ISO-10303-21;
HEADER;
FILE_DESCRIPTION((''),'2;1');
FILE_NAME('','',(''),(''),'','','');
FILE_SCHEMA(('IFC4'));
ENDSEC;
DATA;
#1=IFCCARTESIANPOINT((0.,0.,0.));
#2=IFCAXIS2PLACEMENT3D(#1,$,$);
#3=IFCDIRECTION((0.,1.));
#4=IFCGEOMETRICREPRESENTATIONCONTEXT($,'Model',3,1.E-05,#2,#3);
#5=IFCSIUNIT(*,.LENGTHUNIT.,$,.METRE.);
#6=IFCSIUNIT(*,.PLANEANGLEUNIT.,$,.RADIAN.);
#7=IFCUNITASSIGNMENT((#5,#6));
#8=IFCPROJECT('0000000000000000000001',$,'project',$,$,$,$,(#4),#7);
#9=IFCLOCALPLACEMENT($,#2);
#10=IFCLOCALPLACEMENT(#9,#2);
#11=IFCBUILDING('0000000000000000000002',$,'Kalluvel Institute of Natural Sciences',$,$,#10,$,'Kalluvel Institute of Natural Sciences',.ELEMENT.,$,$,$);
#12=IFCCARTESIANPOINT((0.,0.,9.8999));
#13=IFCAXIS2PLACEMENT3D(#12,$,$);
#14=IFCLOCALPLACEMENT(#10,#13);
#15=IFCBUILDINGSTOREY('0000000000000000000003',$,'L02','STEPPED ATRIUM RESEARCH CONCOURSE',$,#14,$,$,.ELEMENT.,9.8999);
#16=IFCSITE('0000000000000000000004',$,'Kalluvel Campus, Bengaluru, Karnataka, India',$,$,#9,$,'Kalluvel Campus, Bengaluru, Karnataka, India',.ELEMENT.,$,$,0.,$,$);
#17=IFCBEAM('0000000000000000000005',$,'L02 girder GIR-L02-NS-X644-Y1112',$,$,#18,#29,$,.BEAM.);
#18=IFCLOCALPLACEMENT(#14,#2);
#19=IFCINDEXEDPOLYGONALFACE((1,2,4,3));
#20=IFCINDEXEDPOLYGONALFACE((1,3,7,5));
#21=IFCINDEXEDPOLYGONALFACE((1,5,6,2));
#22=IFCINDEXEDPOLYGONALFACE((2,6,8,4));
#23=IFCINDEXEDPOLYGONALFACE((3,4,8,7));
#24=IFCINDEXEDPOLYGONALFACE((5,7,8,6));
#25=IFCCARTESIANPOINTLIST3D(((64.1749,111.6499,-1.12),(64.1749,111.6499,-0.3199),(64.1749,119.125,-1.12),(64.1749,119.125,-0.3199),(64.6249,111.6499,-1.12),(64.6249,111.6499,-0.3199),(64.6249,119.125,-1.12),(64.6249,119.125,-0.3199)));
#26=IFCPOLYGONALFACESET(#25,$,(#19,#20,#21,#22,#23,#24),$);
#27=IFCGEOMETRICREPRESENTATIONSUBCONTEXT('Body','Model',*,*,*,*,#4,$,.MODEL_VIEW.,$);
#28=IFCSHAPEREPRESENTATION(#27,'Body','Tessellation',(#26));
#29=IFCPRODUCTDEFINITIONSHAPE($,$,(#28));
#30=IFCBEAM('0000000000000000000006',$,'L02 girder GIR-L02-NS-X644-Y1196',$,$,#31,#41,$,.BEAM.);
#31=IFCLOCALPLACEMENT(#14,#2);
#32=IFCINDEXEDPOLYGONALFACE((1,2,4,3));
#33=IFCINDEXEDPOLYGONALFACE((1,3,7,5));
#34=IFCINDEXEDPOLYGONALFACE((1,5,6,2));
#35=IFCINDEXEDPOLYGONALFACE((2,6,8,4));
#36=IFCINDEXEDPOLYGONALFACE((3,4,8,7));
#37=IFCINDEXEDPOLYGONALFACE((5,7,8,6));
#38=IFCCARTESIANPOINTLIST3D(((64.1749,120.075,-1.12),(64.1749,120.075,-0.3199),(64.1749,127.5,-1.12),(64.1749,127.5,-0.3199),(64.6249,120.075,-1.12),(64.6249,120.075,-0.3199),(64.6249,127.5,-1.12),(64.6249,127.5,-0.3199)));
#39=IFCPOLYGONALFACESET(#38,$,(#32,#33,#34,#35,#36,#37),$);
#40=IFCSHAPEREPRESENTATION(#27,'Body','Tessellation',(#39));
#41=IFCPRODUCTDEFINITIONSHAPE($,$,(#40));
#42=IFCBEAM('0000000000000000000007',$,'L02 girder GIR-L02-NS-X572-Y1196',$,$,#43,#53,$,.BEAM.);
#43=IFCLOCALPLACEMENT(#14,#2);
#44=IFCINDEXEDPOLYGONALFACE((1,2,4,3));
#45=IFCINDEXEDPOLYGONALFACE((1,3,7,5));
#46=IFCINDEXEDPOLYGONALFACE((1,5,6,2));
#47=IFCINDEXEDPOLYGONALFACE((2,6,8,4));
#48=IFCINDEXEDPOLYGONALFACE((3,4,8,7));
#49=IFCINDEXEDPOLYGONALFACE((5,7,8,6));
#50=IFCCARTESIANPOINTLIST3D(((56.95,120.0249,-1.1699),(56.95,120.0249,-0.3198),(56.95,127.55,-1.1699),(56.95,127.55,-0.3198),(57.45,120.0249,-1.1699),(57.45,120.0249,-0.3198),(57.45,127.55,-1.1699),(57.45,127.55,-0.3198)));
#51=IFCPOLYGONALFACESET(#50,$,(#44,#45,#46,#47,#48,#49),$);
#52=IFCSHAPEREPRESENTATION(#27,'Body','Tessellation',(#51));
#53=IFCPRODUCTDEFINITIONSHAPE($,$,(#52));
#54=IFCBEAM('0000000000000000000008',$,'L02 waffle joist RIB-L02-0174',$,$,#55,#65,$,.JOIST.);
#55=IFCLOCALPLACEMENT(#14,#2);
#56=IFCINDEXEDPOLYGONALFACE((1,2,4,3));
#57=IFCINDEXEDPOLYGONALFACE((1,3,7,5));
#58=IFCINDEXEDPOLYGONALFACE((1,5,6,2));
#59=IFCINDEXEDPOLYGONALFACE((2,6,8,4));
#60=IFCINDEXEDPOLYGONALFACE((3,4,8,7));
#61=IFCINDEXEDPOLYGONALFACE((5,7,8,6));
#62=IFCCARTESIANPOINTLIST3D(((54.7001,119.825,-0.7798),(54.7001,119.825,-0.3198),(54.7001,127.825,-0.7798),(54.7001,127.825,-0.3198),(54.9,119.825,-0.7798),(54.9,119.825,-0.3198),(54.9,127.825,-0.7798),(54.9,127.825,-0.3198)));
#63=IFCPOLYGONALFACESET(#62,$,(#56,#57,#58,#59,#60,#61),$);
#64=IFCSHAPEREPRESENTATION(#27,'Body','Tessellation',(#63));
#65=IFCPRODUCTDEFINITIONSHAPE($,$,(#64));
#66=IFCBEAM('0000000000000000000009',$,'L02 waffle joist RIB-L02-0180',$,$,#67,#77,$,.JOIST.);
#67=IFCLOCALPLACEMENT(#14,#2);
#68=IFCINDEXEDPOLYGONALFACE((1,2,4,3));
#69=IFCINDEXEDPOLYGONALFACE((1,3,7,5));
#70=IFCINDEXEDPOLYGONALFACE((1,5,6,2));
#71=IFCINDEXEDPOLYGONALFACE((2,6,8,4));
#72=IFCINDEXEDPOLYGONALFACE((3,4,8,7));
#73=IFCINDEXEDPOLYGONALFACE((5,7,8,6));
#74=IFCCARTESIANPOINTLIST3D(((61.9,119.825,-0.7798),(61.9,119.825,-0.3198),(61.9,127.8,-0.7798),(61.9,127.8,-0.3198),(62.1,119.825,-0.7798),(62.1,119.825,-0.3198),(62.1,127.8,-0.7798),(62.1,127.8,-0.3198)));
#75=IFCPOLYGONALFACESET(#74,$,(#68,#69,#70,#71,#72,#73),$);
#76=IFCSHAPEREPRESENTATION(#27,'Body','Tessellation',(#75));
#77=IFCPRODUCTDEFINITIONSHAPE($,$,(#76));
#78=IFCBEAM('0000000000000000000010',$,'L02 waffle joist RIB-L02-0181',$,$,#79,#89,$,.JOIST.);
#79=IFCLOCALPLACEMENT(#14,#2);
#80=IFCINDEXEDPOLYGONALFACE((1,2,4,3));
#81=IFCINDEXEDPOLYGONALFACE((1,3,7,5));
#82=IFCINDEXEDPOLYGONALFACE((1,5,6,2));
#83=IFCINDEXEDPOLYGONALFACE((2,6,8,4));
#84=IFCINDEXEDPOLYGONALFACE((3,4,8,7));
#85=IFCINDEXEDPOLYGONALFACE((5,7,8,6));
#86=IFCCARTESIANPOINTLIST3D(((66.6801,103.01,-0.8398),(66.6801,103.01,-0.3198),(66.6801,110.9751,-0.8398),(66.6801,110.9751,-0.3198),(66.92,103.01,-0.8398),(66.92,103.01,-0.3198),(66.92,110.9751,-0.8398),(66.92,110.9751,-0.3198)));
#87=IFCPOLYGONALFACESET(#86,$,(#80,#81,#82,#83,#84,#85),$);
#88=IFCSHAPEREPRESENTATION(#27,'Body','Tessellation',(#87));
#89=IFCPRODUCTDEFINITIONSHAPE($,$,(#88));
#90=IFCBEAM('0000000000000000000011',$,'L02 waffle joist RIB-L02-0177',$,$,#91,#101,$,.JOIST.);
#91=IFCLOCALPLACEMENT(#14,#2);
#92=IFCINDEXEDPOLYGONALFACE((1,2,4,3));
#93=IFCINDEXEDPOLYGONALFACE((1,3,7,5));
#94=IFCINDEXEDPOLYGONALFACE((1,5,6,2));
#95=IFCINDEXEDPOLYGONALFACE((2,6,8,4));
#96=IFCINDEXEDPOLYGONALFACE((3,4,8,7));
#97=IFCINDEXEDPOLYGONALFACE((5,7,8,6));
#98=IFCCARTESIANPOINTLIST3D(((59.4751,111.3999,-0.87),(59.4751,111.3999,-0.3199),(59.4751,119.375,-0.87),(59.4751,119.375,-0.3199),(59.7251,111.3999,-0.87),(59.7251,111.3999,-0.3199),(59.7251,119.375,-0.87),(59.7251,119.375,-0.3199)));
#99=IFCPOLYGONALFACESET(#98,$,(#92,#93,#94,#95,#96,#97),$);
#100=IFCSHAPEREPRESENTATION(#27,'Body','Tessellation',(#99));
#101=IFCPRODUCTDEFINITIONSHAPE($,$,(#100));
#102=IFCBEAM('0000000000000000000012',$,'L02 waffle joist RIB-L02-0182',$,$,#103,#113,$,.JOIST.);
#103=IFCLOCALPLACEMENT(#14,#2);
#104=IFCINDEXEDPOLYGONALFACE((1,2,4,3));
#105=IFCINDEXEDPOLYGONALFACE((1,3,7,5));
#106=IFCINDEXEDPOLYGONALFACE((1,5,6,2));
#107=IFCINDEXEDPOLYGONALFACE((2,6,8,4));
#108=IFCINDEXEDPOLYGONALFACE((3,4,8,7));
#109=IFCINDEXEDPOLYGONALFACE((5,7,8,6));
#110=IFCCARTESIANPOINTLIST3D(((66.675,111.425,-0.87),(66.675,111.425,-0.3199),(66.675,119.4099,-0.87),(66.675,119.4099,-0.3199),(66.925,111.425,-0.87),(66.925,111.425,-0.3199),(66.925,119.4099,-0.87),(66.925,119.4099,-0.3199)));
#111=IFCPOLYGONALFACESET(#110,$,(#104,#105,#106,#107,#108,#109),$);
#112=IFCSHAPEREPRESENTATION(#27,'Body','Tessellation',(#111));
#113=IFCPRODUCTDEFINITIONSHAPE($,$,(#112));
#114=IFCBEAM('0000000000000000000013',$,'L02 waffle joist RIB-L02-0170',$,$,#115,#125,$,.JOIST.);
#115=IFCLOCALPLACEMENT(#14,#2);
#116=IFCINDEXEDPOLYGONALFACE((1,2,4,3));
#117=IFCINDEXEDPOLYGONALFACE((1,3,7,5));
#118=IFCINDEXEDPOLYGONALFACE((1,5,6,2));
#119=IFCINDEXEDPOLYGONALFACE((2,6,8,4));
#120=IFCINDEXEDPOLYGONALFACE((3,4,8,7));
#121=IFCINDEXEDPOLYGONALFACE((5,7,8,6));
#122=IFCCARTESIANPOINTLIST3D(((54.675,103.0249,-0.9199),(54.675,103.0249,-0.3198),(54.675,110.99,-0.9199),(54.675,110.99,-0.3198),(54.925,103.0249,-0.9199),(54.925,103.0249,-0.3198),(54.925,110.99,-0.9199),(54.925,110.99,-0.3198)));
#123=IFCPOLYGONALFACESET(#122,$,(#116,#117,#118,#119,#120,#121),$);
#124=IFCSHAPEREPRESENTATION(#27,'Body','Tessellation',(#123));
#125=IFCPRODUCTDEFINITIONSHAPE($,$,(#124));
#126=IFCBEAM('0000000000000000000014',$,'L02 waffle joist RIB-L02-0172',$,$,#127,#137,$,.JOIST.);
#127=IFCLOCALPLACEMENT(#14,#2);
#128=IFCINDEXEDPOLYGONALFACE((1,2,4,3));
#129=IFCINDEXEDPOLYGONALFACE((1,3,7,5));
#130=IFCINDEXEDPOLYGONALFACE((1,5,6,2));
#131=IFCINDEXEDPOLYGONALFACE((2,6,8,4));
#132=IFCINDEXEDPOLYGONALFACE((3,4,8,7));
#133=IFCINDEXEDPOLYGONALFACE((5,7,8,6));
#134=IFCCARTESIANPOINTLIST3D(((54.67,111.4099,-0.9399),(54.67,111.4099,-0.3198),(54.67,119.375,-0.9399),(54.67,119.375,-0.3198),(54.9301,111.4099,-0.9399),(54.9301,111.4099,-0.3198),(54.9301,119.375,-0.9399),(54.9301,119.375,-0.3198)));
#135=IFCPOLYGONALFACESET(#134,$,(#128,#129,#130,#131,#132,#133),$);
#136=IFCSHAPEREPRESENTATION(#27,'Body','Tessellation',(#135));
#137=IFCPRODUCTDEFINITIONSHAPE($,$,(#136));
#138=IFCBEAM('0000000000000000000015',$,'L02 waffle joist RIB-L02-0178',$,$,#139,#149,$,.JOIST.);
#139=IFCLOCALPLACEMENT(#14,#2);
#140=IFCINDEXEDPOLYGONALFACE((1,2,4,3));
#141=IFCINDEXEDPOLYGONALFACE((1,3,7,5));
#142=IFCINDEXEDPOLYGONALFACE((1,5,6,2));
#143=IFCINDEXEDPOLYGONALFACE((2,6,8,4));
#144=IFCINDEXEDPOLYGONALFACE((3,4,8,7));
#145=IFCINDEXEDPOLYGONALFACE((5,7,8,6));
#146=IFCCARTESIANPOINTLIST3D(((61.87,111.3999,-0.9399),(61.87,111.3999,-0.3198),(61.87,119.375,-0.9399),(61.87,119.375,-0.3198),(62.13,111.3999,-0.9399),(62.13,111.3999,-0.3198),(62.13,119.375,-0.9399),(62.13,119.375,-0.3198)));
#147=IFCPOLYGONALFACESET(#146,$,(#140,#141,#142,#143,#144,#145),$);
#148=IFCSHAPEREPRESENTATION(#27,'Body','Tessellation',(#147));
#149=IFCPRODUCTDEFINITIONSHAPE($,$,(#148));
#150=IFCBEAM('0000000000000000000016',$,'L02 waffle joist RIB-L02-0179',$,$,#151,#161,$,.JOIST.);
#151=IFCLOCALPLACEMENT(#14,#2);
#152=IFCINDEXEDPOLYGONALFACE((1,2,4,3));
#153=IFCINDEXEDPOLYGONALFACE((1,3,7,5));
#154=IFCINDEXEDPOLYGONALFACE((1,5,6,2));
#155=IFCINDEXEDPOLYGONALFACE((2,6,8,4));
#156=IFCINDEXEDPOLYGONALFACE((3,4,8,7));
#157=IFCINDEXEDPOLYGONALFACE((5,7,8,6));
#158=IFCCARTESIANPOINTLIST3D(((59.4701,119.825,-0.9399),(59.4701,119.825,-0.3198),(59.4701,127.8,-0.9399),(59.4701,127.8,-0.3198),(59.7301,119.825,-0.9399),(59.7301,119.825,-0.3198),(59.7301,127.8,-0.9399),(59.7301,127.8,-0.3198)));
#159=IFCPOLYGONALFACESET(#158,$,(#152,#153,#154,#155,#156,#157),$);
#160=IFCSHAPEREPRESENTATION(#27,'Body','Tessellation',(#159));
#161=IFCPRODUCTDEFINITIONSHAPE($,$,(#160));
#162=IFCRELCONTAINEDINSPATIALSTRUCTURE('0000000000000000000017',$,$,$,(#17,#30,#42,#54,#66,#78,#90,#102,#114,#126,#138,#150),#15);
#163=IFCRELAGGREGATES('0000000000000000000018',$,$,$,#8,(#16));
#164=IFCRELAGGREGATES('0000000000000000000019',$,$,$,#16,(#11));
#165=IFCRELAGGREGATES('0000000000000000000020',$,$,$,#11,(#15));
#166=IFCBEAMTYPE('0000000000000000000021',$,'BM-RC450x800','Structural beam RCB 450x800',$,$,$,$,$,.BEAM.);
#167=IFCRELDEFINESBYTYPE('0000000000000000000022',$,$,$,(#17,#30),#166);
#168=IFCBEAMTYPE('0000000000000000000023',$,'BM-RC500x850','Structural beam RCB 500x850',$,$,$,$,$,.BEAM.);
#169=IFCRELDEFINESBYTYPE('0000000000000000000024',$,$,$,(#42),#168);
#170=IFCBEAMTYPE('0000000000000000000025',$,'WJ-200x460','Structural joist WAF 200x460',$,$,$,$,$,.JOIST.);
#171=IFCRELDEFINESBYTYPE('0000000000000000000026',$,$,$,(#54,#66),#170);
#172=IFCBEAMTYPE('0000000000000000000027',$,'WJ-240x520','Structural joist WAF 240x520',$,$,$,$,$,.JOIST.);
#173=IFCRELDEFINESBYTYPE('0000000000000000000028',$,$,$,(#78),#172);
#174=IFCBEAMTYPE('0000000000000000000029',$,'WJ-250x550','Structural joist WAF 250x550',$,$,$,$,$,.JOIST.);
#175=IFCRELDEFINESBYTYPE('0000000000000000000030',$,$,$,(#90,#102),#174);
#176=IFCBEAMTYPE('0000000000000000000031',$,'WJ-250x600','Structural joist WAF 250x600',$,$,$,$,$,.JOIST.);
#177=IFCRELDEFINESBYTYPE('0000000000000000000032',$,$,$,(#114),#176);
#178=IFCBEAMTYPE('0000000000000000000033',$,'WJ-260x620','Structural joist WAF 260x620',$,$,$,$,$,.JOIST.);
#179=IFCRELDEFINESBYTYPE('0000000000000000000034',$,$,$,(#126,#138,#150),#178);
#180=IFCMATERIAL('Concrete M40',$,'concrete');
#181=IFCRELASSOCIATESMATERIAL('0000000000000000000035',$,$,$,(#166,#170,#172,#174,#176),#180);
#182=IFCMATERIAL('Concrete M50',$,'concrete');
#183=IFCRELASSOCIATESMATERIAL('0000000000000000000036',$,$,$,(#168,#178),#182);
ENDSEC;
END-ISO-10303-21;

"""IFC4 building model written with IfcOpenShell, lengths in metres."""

from ifc_helpers import new_model, si_unit, direction, frame, origin, origin_2d, place, context, subcontext, project, spatial, rectangle, extrude, material, material_profile, profile_set, type_object, element, save


model = new_model("IFC4")

# Units and contexts
model_context = context("Model", 3, precision=1e-05, world=origin(), true_north=direction((0.0, 1.0)))
body_context = subcontext(model_context, "Body", "Model", "MODEL_VIEW")
ifc_project = project(units=[si_unit("LENGTHUNIT", "METRE"), si_unit("PLANEANGLEUNIT", "RADIAN")], contexts=[model_context])

# Site, building, storey
site_placement = place(None, origin())
site = spatial("IfcSite", under=ifc_project, at=site_placement, Name="Kalluvel Campus, Bengaluru, Karnataka, India", LongName="Kalluvel Campus, Bengaluru, Karnataka, India", CompositionType="ELEMENT", RefElevation=0.0)
building_placement = place(site_placement, origin())
building = spatial("IfcBuilding", under=site, at=building_placement, Name="Kalluvel Institute of Natural Sciences", LongName="Kalluvel Institute of Natural Sciences", CompositionType="ELEMENT")
storey_placement = place(building_placement, frame((0.0, 0.0, 9.8999)))
storey = spatial("IfcBuildingStorey", under=building, at=storey_placement, Name="L02", Description="STEPPED ATRIUM RESEARCH CONCOURSE", CompositionType="ELEMENT", Elevation=9.8999)

# Shared definitions
ifc_material_1 = material(Name="Concrete M50", Category="concrete")

# Beams
ifc_material_2 = material(Name="Concrete M40", Category="concrete")
ifc_material_profile_1 = material_profile(ifc_material_2, rectangle(XDim=0.45, YDim=0.8, at=origin_2d()), Name="RCB 450x800")
ifc_profile_set_1 = profile_set([ifc_material_profile_1], Name="Concrete M40")
beam_type_1 = type_object("IfcBeamType", Name="BM-RC450x800", Description="Structural beam RCB 450x800", PredefinedType="BEAM", material=ifc_profile_set_1)
beam_1_placement = place(storey_placement, frame((64.3999, 111.6499, -0.72), z_axis=(0.0, 1.0, 0.0), x_axis=(-1.0, 0.0, 0.0)))
element("IfcBeam", 1, at=beam_1_placement, inside=storey, type_object=beam_type_1, Name="L02 girder GIR-L02-NS-X644-Y1112", PredefinedType="BEAM", context=body_context, shape_type="SweptSolid", body=[
    extrude(rectangle(XDim=0.45, YDim=0.8, at=origin_2d()), origin(), (0.0, 0.0, 1.0), 7.4751),
])
beam_2_placement = place(storey_placement, frame((64.3999, 120.075, -0.72), z_axis=(0.0, 1.0, 0.0), x_axis=(-1.0, 0.0, 0.0)))
element("IfcBeam", 2, at=beam_2_placement, inside=storey, type_object=beam_type_1, Name="L02 girder GIR-L02-NS-X644-Y1196", PredefinedType="BEAM", context=body_context, shape_type="SweptSolid", body=[
    extrude(rectangle(XDim=0.45, YDim=0.8, at=origin_2d()), origin(), (0.0, 0.0, 1.0), 7.425),
])
ifc_material_profile_2 = material_profile(ifc_material_1, rectangle(XDim=0.5, YDim=0.8501, at=origin_2d()), Name="RCB 500x850")
ifc_profile_set_2 = profile_set([ifc_material_profile_2], Name="Concrete M50")
beam_type_2 = type_object("IfcBeamType", Name="BM-RC500x850", Description="Structural beam RCB 500x850", PredefinedType="BEAM", material=ifc_profile_set_2)
beam_3_placement = place(storey_placement, frame((57.2, 120.0249, -0.7449), z_axis=(0.0, 1.0, 0.0), x_axis=(-1.0, 0.0, 0.0)))
element("IfcBeam", 3, at=beam_3_placement, inside=storey, type_object=beam_type_2, Name="L02 girder GIR-L02-NS-X572-Y1196", PredefinedType="BEAM", context=body_context, shape_type="SweptSolid", body=[
    extrude(rectangle(XDim=0.5, YDim=0.8501, at=origin_2d()), origin(), (0.0, 0.0, 1.0), 7.5251),
])
ifc_material_profile_3 = material_profile(ifc_material_2, rectangle(XDim=0.2, YDim=0.46, at=origin_2d()), Name="WAF 200x460")
ifc_profile_set_3 = profile_set([ifc_material_profile_3], Name="Concrete M40")
beam_type_3 = type_object("IfcBeamType", Name="WJ-200x460", Description="Structural joist WAF 200x460", PredefinedType="JOIST", material=ifc_profile_set_3)
beam_4_placement = place(storey_placement, frame((54.8, 119.825, -0.5498), z_axis=(0.0, 1.0, 0.0), x_axis=(-1.0, 0.0, 0.0)))
element("IfcBeam", 4, at=beam_4_placement, inside=storey, type_object=beam_type_3, Name="L02 waffle joist RIB-L02-0174", PredefinedType="JOIST", context=body_context, shape_type="SweptSolid", body=[
    extrude(rectangle(XDim=0.2, YDim=0.46, at=origin_2d()), origin(), (0.0, 0.0, 1.0), 8.0),
])
beam_5_placement = place(storey_placement, frame((62.0, 119.825, -0.5498), z_axis=(0.0, 1.0, 0.0), x_axis=(-1.0, 0.0, 0.0)))
element("IfcBeam", 5, at=beam_5_placement, inside=storey, type_object=beam_type_3, Name="L02 waffle joist RIB-L02-0180", PredefinedType="JOIST", context=body_context, shape_type="SweptSolid", body=[
    extrude(rectangle(XDim=0.2, YDim=0.46, at=origin_2d()), origin(), (0.0, 0.0, 1.0), 7.9751),
])
ifc_material_profile_4 = material_profile(ifc_material_2, rectangle(XDim=0.24, YDim=0.52, at=origin_2d()), Name="WAF 240x520")
ifc_profile_set_4 = profile_set([ifc_material_profile_4], Name="Concrete M40")
beam_type_4 = type_object("IfcBeamType", Name="WJ-240x520", Description="Structural joist WAF 240x520", PredefinedType="JOIST", material=ifc_profile_set_4)
beam_6_placement = place(storey_placement, frame((66.8, 103.01, -0.5798), z_axis=(0.0, 1.0, 0.0), x_axis=(-1.0, 0.0, 0.0)))
element("IfcBeam", 6, at=beam_6_placement, inside=storey, type_object=beam_type_4, Name="L02 waffle joist RIB-L02-0181", PredefinedType="JOIST", context=body_context, shape_type="SweptSolid", body=[
    extrude(rectangle(XDim=0.24, YDim=0.52, at=origin_2d()), origin(), (0.0, 0.0, 1.0), 7.9651),
])
ifc_material_profile_5 = material_profile(ifc_material_2, rectangle(XDim=0.25, YDim=0.55, at=origin_2d()), Name="WAF 250x550")
ifc_profile_set_5 = profile_set([ifc_material_profile_5], Name="Concrete M40")
beam_type_5 = type_object("IfcBeamType", Name="WJ-250x550", Description="Structural joist WAF 250x550", PredefinedType="JOIST", material=ifc_profile_set_5)
beam_7_placement = place(storey_placement, frame((59.6001, 111.3999, -0.595), z_axis=(0.0, 1.0, 0.0), x_axis=(-1.0, 0.0, 0.0)))
element("IfcBeam", 7, at=beam_7_placement, inside=storey, type_object=beam_type_5, Name="L02 waffle joist RIB-L02-0177", PredefinedType="JOIST", context=body_context, shape_type="SweptSolid", body=[
    extrude(rectangle(XDim=0.25, YDim=0.55, at=origin_2d()), origin(), (0.0, 0.0, 1.0), 7.9751),
])
beam_8_placement = place(storey_placement, frame((66.8, 111.425, -0.595), z_axis=(0.0, 1.0, 0.0), x_axis=(-1.0, 0.0, 0.0)))
element("IfcBeam", 8, at=beam_8_placement, inside=storey, type_object=beam_type_5, Name="L02 waffle joist RIB-L02-0182", PredefinedType="JOIST", context=body_context, shape_type="SweptSolid", body=[
    extrude(rectangle(XDim=0.25, YDim=0.55, at=origin_2d()), origin(), (0.0, 0.0, 1.0), 7.9849),
])
ifc_material_profile_6 = material_profile(ifc_material_2, rectangle(XDim=0.25, YDim=0.6001, at=origin_2d()), Name="WAF 250x600")
ifc_profile_set_6 = profile_set([ifc_material_profile_6], Name="Concrete M40")
beam_type_6 = type_object("IfcBeamType", Name="WJ-250x600", Description="Structural joist WAF 250x600", PredefinedType="JOIST", material=ifc_profile_set_6)
beam_9_placement = place(storey_placement, frame((54.8, 103.0249, -0.6199), z_axis=(0.0, 1.0, 0.0), x_axis=(-1.0, 0.0, 0.0)))
element("IfcBeam", 9, at=beam_9_placement, inside=storey, type_object=beam_type_6, Name="L02 waffle joist RIB-L02-0170", PredefinedType="JOIST", context=body_context, shape_type="SweptSolid", body=[
    extrude(rectangle(XDim=0.25, YDim=0.6001, at=origin_2d()), origin(), (0.0, 0.0, 1.0), 7.9651),
])
ifc_material_profile_7 = material_profile(ifc_material_1, rectangle(XDim=0.26, YDim=0.6201, at=origin_2d()), Name="WAF 260x620")
ifc_profile_set_7 = profile_set([ifc_material_profile_7], Name="Concrete M50")
beam_type_7 = type_object("IfcBeamType", Name="WJ-260x620", Description="Structural joist WAF 260x620", PredefinedType="JOIST", material=ifc_profile_set_7)
beam_10_placement = place(storey_placement, frame((54.8, 111.4099, -0.6299), z_axis=(0.0, 1.0, 0.0), x_axis=(-1.0, 0.0, 0.0)))
element("IfcBeam", 10, at=beam_10_placement, inside=storey, type_object=beam_type_7, Name="L02 waffle joist RIB-L02-0172", PredefinedType="JOIST", context=body_context, shape_type="SweptSolid", body=[
    extrude(rectangle(XDim=0.26, YDim=0.6201, at=origin_2d()), origin(), (0.0, 0.0, 1.0), 7.9651),
])
for number, where, z_axis, x_axis, name in (
    (11, (62.0, 111.3999, -0.6299), (0.0, 1.0, 0.0), (-1.0, 0.0, 0.0), "L02 waffle joist RIB-L02-0178"),
    (12, (59.6001, 119.825, -0.6299), (0.0, 1.0, 0.0), (-1.0, 0.0, 0.0), "L02 waffle joist RIB-L02-0179"),
):
    element("IfcBeam", number, at=place(storey_placement, frame(where, z_axis=z_axis, x_axis=x_axis)), inside=storey, type_object=beam_type_7, Name=name, PredefinedType="JOIST", context=body_context, shape_type="SweptSolid", body=[
        extrude(rectangle(XDim=0.26, YDim=0.6201, at=origin_2d()), origin(), (0.0, 0.0, 1.0), 7.9751),
    ])

save(model, "model.ifc")
